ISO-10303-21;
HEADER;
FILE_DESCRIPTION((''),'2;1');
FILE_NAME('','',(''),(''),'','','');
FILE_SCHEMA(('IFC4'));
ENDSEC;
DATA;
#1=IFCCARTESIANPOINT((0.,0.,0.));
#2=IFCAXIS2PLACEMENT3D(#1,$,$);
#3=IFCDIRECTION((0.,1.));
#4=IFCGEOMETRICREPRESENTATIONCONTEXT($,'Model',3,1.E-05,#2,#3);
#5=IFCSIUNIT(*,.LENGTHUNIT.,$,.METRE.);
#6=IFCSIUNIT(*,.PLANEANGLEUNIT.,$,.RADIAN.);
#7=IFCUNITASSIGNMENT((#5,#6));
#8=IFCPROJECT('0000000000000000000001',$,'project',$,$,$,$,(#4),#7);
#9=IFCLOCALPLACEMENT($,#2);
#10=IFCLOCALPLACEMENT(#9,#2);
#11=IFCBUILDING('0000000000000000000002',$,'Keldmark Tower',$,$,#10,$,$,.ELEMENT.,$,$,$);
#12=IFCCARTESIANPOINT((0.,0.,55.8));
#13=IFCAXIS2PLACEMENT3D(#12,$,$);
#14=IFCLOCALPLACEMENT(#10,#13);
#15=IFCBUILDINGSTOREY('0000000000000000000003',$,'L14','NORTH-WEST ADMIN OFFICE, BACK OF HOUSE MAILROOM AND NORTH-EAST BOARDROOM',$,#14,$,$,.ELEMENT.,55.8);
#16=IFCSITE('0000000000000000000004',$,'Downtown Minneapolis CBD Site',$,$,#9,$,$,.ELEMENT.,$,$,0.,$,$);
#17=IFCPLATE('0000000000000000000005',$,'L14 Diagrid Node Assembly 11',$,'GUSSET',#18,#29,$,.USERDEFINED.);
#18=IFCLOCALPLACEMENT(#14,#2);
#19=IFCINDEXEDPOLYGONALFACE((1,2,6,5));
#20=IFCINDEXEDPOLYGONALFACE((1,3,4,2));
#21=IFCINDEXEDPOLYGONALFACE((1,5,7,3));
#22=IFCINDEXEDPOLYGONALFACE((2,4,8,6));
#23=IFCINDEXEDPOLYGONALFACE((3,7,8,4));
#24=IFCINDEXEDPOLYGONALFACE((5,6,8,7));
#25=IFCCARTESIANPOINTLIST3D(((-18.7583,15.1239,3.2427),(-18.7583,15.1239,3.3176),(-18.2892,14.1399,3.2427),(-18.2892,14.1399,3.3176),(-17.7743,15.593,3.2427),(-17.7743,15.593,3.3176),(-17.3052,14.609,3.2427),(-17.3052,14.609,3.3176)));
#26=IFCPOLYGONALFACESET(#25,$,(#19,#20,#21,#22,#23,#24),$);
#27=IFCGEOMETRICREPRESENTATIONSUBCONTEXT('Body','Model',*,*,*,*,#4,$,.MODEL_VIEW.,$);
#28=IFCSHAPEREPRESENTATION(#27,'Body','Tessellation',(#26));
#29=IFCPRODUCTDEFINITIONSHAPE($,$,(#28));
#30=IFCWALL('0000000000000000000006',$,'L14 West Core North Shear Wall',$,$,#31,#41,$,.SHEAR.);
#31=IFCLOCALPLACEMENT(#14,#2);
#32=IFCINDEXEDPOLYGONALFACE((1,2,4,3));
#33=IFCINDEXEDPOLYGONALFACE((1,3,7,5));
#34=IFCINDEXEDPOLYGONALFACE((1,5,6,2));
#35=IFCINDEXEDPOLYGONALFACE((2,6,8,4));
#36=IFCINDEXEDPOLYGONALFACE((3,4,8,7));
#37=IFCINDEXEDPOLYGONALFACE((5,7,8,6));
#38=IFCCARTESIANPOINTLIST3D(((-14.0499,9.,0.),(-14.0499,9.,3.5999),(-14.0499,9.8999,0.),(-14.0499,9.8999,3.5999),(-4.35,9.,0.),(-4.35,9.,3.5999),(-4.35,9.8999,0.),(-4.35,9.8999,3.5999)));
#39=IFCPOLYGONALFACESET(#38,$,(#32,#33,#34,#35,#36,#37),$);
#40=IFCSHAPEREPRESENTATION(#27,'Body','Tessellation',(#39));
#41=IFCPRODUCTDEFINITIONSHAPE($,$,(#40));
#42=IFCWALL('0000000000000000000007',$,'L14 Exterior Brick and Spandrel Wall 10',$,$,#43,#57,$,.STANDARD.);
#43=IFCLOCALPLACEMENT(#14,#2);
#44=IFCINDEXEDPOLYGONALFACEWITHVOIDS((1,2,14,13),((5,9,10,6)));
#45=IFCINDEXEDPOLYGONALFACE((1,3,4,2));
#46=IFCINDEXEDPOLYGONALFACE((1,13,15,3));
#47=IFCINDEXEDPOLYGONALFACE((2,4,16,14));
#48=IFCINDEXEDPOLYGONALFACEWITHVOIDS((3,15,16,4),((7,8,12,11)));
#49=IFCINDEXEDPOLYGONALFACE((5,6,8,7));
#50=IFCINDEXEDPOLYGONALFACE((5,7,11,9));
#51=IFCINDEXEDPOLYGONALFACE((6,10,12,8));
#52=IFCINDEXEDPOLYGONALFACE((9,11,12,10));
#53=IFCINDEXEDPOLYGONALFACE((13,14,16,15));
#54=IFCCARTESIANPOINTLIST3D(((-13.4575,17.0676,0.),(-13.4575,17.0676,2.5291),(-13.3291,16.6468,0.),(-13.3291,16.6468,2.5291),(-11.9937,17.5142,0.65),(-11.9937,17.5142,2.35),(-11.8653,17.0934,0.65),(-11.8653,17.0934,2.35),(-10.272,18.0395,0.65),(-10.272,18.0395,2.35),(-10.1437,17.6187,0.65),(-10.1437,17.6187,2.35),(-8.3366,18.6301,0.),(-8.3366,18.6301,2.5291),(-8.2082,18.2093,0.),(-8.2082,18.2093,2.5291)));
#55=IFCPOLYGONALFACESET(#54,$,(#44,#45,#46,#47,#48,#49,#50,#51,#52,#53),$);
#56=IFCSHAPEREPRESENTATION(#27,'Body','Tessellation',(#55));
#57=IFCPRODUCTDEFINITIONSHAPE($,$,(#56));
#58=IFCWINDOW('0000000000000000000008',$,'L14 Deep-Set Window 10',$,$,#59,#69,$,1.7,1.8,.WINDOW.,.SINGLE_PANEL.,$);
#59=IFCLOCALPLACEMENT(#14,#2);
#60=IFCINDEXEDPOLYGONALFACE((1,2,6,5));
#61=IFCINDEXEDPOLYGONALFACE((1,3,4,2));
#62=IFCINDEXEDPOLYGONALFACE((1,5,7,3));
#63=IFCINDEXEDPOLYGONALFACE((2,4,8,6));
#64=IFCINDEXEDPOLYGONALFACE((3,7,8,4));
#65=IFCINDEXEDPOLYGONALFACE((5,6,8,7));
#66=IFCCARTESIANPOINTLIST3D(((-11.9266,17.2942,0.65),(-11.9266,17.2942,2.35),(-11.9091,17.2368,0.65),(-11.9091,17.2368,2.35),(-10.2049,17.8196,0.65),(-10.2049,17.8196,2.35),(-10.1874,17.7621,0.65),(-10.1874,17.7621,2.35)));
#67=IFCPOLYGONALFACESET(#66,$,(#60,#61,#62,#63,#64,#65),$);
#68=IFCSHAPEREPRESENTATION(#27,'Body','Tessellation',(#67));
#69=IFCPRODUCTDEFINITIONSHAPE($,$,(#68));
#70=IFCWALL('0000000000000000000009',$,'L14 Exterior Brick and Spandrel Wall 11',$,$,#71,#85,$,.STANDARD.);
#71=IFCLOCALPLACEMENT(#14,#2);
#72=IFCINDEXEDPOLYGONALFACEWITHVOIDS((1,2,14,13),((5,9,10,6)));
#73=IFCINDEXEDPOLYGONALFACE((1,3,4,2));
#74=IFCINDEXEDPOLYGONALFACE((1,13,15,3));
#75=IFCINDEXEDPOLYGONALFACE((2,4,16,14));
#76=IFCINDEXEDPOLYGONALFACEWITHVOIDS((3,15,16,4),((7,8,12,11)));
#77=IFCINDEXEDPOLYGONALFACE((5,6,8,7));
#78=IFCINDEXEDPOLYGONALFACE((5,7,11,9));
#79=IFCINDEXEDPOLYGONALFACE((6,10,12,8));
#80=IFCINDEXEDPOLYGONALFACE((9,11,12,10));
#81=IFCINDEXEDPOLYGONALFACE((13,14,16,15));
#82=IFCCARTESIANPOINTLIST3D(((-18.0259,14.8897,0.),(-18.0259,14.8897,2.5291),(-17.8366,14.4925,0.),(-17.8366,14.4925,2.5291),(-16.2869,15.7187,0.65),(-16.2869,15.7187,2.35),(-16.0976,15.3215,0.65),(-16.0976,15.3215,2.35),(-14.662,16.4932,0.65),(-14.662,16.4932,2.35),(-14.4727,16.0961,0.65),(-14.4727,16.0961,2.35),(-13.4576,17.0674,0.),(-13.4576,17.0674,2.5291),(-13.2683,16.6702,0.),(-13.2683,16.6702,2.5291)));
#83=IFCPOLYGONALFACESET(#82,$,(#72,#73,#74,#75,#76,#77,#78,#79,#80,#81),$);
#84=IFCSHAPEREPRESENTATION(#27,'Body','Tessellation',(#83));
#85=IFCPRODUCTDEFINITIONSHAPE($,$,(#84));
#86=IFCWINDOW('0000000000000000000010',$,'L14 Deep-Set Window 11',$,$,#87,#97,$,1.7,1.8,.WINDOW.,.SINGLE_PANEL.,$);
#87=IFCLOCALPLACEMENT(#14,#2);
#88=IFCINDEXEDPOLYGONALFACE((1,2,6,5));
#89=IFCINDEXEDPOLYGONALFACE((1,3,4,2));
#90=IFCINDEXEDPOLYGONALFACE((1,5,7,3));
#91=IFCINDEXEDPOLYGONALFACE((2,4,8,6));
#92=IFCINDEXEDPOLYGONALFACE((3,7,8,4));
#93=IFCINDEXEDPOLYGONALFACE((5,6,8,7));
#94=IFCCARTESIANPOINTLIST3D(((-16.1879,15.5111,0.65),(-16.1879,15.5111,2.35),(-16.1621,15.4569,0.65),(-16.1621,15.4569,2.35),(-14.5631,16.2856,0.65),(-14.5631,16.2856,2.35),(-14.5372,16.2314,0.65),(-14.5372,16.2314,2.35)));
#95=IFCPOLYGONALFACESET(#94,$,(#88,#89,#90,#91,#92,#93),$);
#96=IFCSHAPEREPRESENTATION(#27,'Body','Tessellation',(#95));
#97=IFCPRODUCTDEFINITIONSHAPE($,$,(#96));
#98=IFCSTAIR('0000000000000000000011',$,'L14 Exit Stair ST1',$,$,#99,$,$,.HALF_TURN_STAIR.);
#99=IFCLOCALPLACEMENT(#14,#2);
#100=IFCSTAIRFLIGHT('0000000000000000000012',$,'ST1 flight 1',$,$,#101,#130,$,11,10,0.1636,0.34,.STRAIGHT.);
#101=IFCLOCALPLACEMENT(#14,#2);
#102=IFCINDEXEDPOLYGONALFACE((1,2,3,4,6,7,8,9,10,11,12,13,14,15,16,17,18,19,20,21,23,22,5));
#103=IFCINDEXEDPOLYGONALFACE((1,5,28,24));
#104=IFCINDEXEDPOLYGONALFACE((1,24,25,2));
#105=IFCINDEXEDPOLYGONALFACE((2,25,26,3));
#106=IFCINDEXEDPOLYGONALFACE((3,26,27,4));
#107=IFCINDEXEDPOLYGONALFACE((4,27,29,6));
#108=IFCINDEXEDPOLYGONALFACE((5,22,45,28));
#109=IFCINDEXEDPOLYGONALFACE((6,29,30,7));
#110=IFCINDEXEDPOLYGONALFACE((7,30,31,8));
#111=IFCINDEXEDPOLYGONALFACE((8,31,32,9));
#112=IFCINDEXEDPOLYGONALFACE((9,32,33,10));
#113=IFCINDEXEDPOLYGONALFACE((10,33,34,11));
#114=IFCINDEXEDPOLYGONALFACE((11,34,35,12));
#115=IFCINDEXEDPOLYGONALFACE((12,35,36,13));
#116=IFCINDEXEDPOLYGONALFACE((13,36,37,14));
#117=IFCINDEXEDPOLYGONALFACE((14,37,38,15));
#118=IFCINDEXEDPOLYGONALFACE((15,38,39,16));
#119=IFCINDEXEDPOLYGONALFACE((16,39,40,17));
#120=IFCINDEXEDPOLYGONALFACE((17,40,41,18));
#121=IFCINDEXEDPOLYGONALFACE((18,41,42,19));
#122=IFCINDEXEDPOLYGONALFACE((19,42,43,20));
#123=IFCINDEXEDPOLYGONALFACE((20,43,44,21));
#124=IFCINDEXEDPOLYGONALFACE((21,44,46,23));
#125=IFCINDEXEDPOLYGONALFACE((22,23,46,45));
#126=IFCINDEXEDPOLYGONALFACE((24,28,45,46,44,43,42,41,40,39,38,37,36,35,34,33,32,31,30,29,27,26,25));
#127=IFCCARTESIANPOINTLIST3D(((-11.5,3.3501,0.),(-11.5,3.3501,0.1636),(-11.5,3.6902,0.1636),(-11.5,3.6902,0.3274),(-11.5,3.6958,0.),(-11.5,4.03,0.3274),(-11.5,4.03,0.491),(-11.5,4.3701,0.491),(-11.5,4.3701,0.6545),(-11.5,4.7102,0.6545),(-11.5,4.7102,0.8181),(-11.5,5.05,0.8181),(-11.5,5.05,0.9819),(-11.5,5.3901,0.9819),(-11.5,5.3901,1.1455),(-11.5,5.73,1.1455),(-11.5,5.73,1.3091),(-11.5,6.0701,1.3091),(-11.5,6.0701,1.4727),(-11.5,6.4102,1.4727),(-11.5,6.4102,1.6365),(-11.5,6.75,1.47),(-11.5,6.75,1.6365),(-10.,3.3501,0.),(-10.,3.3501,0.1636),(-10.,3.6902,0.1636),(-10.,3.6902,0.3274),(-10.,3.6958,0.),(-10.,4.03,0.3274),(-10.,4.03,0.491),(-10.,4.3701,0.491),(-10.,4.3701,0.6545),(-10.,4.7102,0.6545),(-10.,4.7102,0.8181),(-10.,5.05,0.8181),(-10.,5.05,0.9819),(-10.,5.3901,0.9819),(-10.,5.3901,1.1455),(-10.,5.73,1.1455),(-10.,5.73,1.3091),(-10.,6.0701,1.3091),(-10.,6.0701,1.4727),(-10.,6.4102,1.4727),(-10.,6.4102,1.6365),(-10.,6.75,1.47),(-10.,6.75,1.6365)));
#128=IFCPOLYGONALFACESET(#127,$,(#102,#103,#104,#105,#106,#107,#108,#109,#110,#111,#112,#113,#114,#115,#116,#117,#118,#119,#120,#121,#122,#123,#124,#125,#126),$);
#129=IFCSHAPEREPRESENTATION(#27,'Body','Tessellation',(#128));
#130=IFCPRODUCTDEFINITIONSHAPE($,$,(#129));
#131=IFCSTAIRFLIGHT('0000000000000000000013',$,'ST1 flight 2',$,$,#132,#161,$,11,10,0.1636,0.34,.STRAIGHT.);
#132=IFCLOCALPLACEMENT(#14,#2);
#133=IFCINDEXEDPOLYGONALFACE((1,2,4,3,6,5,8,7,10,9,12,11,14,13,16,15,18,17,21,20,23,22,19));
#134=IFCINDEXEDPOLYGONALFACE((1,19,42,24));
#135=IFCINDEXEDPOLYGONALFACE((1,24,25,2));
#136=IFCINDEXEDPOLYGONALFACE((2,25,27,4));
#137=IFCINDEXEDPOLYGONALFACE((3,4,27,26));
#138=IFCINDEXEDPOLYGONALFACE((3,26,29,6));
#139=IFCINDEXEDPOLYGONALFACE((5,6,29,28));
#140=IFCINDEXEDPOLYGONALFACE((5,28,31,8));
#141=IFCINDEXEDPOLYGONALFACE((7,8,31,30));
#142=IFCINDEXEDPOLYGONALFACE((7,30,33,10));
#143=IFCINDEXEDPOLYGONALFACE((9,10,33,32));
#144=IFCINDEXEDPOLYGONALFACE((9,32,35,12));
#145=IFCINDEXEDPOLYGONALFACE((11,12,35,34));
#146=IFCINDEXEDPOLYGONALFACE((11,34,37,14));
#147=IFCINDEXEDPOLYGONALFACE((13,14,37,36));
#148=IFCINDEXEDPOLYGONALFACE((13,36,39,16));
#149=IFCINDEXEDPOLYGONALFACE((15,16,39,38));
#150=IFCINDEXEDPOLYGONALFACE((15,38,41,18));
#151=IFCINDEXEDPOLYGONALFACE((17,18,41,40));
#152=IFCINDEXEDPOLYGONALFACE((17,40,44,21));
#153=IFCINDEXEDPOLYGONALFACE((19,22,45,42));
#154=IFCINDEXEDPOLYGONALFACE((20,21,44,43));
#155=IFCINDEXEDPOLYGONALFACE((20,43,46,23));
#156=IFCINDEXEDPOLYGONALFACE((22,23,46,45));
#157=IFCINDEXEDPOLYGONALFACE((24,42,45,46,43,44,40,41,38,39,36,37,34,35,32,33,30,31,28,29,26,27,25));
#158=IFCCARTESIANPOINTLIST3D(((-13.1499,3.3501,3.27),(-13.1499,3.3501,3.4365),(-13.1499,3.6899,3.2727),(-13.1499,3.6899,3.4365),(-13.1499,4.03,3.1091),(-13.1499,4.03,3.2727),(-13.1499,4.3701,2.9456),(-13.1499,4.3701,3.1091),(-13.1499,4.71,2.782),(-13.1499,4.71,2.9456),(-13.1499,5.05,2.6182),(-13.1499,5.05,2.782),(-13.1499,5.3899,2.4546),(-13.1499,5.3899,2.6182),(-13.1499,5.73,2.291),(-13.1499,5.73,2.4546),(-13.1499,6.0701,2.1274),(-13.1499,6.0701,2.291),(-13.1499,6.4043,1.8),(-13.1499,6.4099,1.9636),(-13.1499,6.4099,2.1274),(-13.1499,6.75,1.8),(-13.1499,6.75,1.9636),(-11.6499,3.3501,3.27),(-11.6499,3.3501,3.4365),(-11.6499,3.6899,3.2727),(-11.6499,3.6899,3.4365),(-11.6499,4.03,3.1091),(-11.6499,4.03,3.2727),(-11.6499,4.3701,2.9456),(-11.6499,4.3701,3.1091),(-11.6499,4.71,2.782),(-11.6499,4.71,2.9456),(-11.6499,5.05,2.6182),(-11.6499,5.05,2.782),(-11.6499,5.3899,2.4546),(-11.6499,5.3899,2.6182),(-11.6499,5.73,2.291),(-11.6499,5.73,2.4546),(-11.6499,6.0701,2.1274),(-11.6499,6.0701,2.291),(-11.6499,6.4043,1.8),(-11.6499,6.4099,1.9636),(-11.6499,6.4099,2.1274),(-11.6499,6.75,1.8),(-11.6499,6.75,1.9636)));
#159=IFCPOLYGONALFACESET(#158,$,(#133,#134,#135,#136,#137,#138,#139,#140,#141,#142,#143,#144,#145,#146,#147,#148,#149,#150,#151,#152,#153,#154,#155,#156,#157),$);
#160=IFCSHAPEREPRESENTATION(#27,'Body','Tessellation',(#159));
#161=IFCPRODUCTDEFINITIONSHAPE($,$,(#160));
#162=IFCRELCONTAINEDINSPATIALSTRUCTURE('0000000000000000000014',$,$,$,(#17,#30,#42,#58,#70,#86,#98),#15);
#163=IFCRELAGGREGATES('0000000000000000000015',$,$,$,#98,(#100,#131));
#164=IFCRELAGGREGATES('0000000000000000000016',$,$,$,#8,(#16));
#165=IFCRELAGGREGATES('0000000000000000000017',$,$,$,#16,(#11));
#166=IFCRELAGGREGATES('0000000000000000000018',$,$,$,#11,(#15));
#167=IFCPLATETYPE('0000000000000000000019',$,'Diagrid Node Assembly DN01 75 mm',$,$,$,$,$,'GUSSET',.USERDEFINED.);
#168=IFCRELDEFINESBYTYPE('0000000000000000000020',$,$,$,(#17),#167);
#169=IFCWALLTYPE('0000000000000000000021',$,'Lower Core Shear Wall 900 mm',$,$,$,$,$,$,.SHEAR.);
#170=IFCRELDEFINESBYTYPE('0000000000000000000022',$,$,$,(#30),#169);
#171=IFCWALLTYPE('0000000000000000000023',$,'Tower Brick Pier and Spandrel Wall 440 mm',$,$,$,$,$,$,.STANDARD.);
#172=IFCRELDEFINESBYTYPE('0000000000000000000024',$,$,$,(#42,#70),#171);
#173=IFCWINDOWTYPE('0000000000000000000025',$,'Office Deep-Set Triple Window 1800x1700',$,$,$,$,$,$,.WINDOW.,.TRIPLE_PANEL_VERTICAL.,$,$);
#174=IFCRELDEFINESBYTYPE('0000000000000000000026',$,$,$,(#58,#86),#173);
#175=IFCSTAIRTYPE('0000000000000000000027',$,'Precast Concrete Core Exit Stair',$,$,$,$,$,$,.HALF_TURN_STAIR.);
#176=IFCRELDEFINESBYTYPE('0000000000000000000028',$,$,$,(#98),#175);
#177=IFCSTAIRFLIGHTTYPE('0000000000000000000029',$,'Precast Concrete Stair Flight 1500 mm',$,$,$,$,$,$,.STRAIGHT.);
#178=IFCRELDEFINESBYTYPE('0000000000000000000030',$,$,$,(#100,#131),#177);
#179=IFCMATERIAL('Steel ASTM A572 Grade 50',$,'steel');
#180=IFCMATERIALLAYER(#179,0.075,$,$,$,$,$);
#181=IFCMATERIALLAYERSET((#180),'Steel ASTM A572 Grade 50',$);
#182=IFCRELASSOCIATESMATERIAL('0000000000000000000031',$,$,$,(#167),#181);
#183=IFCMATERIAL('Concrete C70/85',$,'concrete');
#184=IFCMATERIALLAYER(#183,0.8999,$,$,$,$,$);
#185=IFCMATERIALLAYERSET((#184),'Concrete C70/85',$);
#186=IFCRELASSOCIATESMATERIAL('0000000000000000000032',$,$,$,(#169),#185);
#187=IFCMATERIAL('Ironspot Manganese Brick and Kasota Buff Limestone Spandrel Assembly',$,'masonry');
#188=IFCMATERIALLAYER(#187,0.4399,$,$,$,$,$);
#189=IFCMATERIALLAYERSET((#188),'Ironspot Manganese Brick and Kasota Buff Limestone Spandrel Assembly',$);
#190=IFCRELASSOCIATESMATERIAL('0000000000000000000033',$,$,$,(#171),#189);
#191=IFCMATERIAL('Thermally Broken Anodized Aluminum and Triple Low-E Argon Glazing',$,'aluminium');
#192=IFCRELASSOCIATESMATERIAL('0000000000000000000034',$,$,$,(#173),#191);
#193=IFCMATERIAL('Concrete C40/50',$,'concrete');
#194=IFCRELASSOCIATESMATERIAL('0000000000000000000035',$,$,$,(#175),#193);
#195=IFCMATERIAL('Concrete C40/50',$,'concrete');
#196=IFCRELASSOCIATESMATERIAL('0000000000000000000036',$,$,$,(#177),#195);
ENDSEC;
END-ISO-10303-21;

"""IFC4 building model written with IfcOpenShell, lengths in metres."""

from ifc_helpers import new_model, si_unit, direction, frame, frame_2d, origin, origin_2d, place, context, subcontext, project, spatial, polyline, rectangle, outline, extrude, material, layer, layer_set, type_object, element, fill, aggregate, save


model = new_model("IFC4")

# Units and contexts
model_context = context("Model", 3, precision=1e-05, world=origin(), true_north=direction((0.0, 1.0)))
body_context = subcontext(model_context, "Body", "Model", "MODEL_VIEW")
ifc_project = project(units=[si_unit("LENGTHUNIT", "METRE"), si_unit("PLANEANGLEUNIT", "RADIAN")], contexts=[model_context])

# Site, building, storey
site_placement = place(None, origin())
site = spatial("IfcSite", under=ifc_project, at=site_placement, Name="Downtown Minneapolis CBD Site", CompositionType="ELEMENT", RefElevation=0.0)
building_placement = place(site_placement, origin())
building = spatial("IfcBuilding", under=site, at=building_placement, Name="Keldmark Tower", CompositionType="ELEMENT")
storey_placement = place(building_placement, frame((0.0, 0.0, 55.8)))
storey = spatial("IfcBuildingStorey", under=building, at=storey_placement, Name="L14", Description="NORTH-WEST ADMIN OFFICE, BACK OF HOUSE MAILROOM AND NORTH-EAST BOARDROOM", CompositionType="ELEMENT", Elevation=55.8)

# Plate
ifc_material_1 = material(Name="Steel ASTM A572 Grade 50", Category="steel")
ifc_layer_1 = layer(ifc_material_1, 0.075)
ifc_layer_set_1 = layer_set([ifc_layer_1], Name="Steel ASTM A572 Grade 50")
plate_type_1 = type_object("IfcPlateType", Name="Diagrid Node Assembly DN01 75 mm", ElementType="GUSSET", PredefinedType="USERDEFINED", material=ifc_layer_set_1)
plate_placement = place(storey_placement, frame((-18.0317, 14.8665, 3.2427), z_axis=(0.0, 0.0, 1.0), x_axis=(-0.90266, -0.430354, 0.0)))
element("IfcPlate", 1, at=plate_placement, inside=storey, type_object=plate_type_1, Name="L14 Diagrid Node Assembly 11", ObjectType="GUSSET", PredefinedType="USERDEFINED", context=body_context, shape_type="SweptSolid", body=[
    extrude(rectangle(XDim=1.0901, YDim=1.0901, at=origin_2d()), origin(), (0.0, 0.0, 1.0), 0.075),
])

# Wall
ifc_material_2 = material(Name="Concrete C70/85", Category="concrete")
ifc_layer_2 = layer(ifc_material_2, 0.8999)
ifc_layer_set_2 = layer_set([ifc_layer_2], Name="Concrete C70/85")
wall_type_1 = type_object("IfcWallType", Name="Lower Core Shear Wall 900 mm", PredefinedType="SHEAR", material=ifc_layer_set_2)
wall_1_placement = place(storey_placement, frame((-14.05, 9.45, 0.0), z_axis=(0.0, 0.0, 1.0), x_axis=(1.0, 0.0, 0.0)))
element("IfcWall", 2, at=wall_1_placement, inside=storey, type_object=wall_type_1, Name="L14 West Core North Shear Wall", PredefinedType="SHEAR", context=body_context, shape_type="SweptSolid", body=[
    extrude(rectangle(XDim=9.7, YDim=0.8999, at=frame_2d((4.8501, 0.0))), origin(), (0.0, 0.0, 1.0), 3.5999),
])

# Walls, openings, windows
ifc_material_3 = material(Name="Ironspot Manganese Brick and Kasota Buff Limestone Spandrel Assembly", Category="masonry")
ifc_layer_3 = layer(ifc_material_3, 0.4399)
ifc_layer_set_3 = layer_set([ifc_layer_3], Name="Ironspot Manganese Brick and Kasota Buff Limestone Spandrel Assembly")
wall_type_2 = type_object("IfcWallType", Name="Tower Brick Pier and Spandrel Wall 440 mm", PredefinedType="STANDARD", material=ifc_layer_set_3)
wall_2_placement = place(storey_placement, frame((-13.3933, 16.8572, 0.0), z_axis=(0.0, 0.0, 1.0), x_axis=(0.956467, 0.291842, 0.0)))
wall_2 = element("IfcWall", 3, at=wall_2_placement, inside=storey, type_object=wall_type_2, Name="L14 Exterior Brick and Spandrel Wall 10", PredefinedType="STANDARD", context=body_context, shape_type="SweptSolid", body=[
    extrude(rectangle(XDim=5.354, YDim=0.4399, at=frame_2d((2.677, 0.0))), origin(), (0.0, 0.0, 1.0), 2.5291),
])
opening_1_placement = place(wall_2_placement, frame((1.5305, 0.0, 0.6499)))
opening_1 = element("IfcOpeningElement", 4, at=opening_1_placement, cuts=wall_2, PredefinedType="OPENING", context=body_context, shape_type="SweptSolid", body=[
    extrude(rectangle(XDim=1.8, YDim=1.7, at=frame_2d((0.8999, 0.8501))), frame((0.0, 0.23, 0.0), z_axis=(0.0, -1.0, 0.0), x_axis=(1.0, 0.0, 0.0)), (0.0, 0.0, 1.0), 0.46),
])
ifc_material_4 = material(Name="Thermally Broken Anodized Aluminum and Triple Low-E Argon Glazing", Category="aluminium")
window_type = type_object("IfcWindowType", Name="Office Deep-Set Triple Window 1800x1700", PartitioningType="TRIPLE_PANEL_VERTICAL", PredefinedType="WINDOW", material=ifc_material_4)
window_1_placement = place(opening_1_placement, origin())
window_1 = element("IfcWindow", 5, at=window_1_placement, inside=storey, type_object=window_type, Name="L14 Deep-Set Window 10", OverallHeight=1.7, OverallWidth=1.8, PartitioningType="SINGLE_PANEL", PredefinedType="WINDOW", context=body_context, shape_type="SweptSolid", body=[
    extrude(rectangle(XDim=1.8, YDim=1.7, at=frame_2d((0.8999, 0.8501))), frame((0.0, -0.01, 0.0), z_axis=(0.0, -1.0, 0.0), x_axis=(1.0, 0.0, 0.0)), (0.0, 0.0, 1.0), 0.0601),
])
fill(opening_1, window_1)
wall_3_placement = place(storey_placement, frame((-17.9312, 14.6912, 0.0), z_axis=(0.0, 0.0, 1.0), x_axis=(0.902682, 0.430308, 0.0)))
wall_3 = element("IfcWall", 6, at=wall_3_placement, inside=storey, type_object=wall_type_2, Name="L14 Exterior Brick and Spandrel Wall 11", PredefinedType="STANDARD", context=body_context, shape_type="SweptSolid", body=[
    extrude(rectangle(XDim=5.0608, YDim=0.4399, at=frame_2d((2.5303, 0.0))), origin(), (0.0, 0.0, 1.0), 2.5291),
])
opening_2_placement = place(wall_3_placement, frame((1.9265, 0.0, 0.6499)))
opening_2 = element("IfcOpeningElement", 7, at=opening_2_placement, cuts=wall_3, PredefinedType="OPENING", context=body_context, shape_type="SweptSolid", body=[
    extrude(rectangle(XDim=1.8, YDim=1.7, at=frame_2d((0.8999, 0.8501))), frame((0.0, 0.23, 0.0), z_axis=(0.0, -1.0, 0.0), x_axis=(1.0, 0.0, 0.0)), (0.0, 0.0, 1.0), 0.46),
])
window_2_placement = place(opening_2_placement, origin())
window_2 = element("IfcWindow", 8, at=window_2_placement, inside=storey, type_object=window_type, Name="L14 Deep-Set Window 11", OverallHeight=1.7, OverallWidth=1.8, PartitioningType="SINGLE_PANEL", PredefinedType="WINDOW", context=body_context, shape_type="SweptSolid", body=[
    extrude(rectangle(XDim=1.8, YDim=1.7, at=frame_2d((0.8999, 0.8501))), frame((0.0, -0.01, 0.0), z_axis=(0.0, -1.0, 0.0), x_axis=(1.0, 0.0, 0.0)), (0.0, 0.0, 1.0), 0.0601),
])
fill(opening_2, window_2)

# Stair, stair flights
ifc_material_5 = material(Name="Concrete C40/50", Category="concrete")
stair_type = type_object("IfcStairType", Name="Precast Concrete Core Exit Stair", PredefinedType="HALF_TURN_STAIR", material=ifc_material_5)
stair_placement = place(storey_placement, origin())
stair = element("IfcStair", 9, at=stair_placement, inside=storey, type_object=stair_type, Name="L14 Exit Stair ST1", PredefinedType="HALF_TURN_STAIR")
ifc_material_6 = material(Name="Concrete C40/50", Category="concrete")
stair_flight_type = type_object("IfcStairFlightType", Name="Precast Concrete Stair Flight 1500 mm", PredefinedType="STRAIGHT", material=ifc_material_6)
stair_flight_1_placement = place(storey_placement, frame((-10.75, 3.3501, 0.0), z_axis=(0.0, 0.0, 1.0), x_axis=(0.0, 1.0, 0.0)))
stair_flight_1 = element("IfcStairFlight", 10, at=stair_flight_1_placement, type_object=stair_flight_type, Name="ST1 flight 1", NumberOfRisers=11, NumberOfTreads=10, PredefinedType="STRAIGHT", RiserHeight=0.1636, TreadLength=0.34, context=body_context, shape_type="SweptSolid", body=[
    extrude(outline(polyline([(0.0, 0.0), (0.0, 0.1636), (0.3401, 0.1636), (0.3401, 0.3274), (0.6799, 0.3274), (0.6799, 0.491), (1.02, 0.491), (1.02, 0.6545), (1.3601, 0.6545), (1.3601, 0.8181), (1.7, 0.8181), (1.7, 0.9819), (2.04, 0.9819), (2.04, 1.1455), (2.3799, 1.1455), (2.3799, 1.3091), (2.72, 1.3091), (2.72, 1.4727), (3.0601, 1.4727), (3.0601, 1.6365), (3.3999, 1.6365), (3.3999, 1.8), (3.3999, 1.47), (0.3457, 0.0), (0.0, 0.0)])), frame((0.0, 0.75, 0.0), z_axis=(0.0, -1.0, 0.0), x_axis=(1.0, 0.0, 0.0)), (0.0, 0.0, 1.0), 1.5),
])
stair_flight_2_placement = place(storey_placement, frame((-12.3999, 6.75, 1.8), z_axis=(0.0, 0.0, 1.0), x_axis=(0.0, -1.0, 0.0)))
stair_flight_2 = element("IfcStairFlight", 11, at=stair_flight_2_placement, type_object=stair_flight_type, Name="ST1 flight 2", NumberOfRisers=11, NumberOfTreads=10, PredefinedType="STRAIGHT", RiserHeight=0.1636, TreadLength=0.34, context=body_context, shape_type="SweptSolid", body=[
    extrude(outline(polyline([(0.0, 0.0), (0.0, 0.1636), (0.3401, 0.1636), (0.3401, 0.3274), (0.6799, 0.3274), (0.6799, 0.491), (1.02, 0.491), (1.02, 0.6545), (1.3601, 0.6545), (1.3601, 0.8181), (1.7, 0.8181), (1.7, 0.9819), (2.04, 0.9819), (2.04, 1.1455), (2.3799, 1.1455), (2.3799, 1.3091), (2.72, 1.3091), (2.72, 1.4727), (3.0601, 1.4727), (3.0601, 1.6365), (3.3999, 1.6365), (3.3999, 1.8), (3.3999, 1.47), (0.3457, 0.0), (0.0, 0.0)])), frame((0.0, 0.75, 0.0), z_axis=(0.0, -1.0, 0.0), x_axis=(1.0, 0.0, 0.0)), (0.0, 0.0, 1.0), 1.5),
])
aggregate(stair, [stair_flight_1, stair_flight_2])

save(model, "model.ifc")
